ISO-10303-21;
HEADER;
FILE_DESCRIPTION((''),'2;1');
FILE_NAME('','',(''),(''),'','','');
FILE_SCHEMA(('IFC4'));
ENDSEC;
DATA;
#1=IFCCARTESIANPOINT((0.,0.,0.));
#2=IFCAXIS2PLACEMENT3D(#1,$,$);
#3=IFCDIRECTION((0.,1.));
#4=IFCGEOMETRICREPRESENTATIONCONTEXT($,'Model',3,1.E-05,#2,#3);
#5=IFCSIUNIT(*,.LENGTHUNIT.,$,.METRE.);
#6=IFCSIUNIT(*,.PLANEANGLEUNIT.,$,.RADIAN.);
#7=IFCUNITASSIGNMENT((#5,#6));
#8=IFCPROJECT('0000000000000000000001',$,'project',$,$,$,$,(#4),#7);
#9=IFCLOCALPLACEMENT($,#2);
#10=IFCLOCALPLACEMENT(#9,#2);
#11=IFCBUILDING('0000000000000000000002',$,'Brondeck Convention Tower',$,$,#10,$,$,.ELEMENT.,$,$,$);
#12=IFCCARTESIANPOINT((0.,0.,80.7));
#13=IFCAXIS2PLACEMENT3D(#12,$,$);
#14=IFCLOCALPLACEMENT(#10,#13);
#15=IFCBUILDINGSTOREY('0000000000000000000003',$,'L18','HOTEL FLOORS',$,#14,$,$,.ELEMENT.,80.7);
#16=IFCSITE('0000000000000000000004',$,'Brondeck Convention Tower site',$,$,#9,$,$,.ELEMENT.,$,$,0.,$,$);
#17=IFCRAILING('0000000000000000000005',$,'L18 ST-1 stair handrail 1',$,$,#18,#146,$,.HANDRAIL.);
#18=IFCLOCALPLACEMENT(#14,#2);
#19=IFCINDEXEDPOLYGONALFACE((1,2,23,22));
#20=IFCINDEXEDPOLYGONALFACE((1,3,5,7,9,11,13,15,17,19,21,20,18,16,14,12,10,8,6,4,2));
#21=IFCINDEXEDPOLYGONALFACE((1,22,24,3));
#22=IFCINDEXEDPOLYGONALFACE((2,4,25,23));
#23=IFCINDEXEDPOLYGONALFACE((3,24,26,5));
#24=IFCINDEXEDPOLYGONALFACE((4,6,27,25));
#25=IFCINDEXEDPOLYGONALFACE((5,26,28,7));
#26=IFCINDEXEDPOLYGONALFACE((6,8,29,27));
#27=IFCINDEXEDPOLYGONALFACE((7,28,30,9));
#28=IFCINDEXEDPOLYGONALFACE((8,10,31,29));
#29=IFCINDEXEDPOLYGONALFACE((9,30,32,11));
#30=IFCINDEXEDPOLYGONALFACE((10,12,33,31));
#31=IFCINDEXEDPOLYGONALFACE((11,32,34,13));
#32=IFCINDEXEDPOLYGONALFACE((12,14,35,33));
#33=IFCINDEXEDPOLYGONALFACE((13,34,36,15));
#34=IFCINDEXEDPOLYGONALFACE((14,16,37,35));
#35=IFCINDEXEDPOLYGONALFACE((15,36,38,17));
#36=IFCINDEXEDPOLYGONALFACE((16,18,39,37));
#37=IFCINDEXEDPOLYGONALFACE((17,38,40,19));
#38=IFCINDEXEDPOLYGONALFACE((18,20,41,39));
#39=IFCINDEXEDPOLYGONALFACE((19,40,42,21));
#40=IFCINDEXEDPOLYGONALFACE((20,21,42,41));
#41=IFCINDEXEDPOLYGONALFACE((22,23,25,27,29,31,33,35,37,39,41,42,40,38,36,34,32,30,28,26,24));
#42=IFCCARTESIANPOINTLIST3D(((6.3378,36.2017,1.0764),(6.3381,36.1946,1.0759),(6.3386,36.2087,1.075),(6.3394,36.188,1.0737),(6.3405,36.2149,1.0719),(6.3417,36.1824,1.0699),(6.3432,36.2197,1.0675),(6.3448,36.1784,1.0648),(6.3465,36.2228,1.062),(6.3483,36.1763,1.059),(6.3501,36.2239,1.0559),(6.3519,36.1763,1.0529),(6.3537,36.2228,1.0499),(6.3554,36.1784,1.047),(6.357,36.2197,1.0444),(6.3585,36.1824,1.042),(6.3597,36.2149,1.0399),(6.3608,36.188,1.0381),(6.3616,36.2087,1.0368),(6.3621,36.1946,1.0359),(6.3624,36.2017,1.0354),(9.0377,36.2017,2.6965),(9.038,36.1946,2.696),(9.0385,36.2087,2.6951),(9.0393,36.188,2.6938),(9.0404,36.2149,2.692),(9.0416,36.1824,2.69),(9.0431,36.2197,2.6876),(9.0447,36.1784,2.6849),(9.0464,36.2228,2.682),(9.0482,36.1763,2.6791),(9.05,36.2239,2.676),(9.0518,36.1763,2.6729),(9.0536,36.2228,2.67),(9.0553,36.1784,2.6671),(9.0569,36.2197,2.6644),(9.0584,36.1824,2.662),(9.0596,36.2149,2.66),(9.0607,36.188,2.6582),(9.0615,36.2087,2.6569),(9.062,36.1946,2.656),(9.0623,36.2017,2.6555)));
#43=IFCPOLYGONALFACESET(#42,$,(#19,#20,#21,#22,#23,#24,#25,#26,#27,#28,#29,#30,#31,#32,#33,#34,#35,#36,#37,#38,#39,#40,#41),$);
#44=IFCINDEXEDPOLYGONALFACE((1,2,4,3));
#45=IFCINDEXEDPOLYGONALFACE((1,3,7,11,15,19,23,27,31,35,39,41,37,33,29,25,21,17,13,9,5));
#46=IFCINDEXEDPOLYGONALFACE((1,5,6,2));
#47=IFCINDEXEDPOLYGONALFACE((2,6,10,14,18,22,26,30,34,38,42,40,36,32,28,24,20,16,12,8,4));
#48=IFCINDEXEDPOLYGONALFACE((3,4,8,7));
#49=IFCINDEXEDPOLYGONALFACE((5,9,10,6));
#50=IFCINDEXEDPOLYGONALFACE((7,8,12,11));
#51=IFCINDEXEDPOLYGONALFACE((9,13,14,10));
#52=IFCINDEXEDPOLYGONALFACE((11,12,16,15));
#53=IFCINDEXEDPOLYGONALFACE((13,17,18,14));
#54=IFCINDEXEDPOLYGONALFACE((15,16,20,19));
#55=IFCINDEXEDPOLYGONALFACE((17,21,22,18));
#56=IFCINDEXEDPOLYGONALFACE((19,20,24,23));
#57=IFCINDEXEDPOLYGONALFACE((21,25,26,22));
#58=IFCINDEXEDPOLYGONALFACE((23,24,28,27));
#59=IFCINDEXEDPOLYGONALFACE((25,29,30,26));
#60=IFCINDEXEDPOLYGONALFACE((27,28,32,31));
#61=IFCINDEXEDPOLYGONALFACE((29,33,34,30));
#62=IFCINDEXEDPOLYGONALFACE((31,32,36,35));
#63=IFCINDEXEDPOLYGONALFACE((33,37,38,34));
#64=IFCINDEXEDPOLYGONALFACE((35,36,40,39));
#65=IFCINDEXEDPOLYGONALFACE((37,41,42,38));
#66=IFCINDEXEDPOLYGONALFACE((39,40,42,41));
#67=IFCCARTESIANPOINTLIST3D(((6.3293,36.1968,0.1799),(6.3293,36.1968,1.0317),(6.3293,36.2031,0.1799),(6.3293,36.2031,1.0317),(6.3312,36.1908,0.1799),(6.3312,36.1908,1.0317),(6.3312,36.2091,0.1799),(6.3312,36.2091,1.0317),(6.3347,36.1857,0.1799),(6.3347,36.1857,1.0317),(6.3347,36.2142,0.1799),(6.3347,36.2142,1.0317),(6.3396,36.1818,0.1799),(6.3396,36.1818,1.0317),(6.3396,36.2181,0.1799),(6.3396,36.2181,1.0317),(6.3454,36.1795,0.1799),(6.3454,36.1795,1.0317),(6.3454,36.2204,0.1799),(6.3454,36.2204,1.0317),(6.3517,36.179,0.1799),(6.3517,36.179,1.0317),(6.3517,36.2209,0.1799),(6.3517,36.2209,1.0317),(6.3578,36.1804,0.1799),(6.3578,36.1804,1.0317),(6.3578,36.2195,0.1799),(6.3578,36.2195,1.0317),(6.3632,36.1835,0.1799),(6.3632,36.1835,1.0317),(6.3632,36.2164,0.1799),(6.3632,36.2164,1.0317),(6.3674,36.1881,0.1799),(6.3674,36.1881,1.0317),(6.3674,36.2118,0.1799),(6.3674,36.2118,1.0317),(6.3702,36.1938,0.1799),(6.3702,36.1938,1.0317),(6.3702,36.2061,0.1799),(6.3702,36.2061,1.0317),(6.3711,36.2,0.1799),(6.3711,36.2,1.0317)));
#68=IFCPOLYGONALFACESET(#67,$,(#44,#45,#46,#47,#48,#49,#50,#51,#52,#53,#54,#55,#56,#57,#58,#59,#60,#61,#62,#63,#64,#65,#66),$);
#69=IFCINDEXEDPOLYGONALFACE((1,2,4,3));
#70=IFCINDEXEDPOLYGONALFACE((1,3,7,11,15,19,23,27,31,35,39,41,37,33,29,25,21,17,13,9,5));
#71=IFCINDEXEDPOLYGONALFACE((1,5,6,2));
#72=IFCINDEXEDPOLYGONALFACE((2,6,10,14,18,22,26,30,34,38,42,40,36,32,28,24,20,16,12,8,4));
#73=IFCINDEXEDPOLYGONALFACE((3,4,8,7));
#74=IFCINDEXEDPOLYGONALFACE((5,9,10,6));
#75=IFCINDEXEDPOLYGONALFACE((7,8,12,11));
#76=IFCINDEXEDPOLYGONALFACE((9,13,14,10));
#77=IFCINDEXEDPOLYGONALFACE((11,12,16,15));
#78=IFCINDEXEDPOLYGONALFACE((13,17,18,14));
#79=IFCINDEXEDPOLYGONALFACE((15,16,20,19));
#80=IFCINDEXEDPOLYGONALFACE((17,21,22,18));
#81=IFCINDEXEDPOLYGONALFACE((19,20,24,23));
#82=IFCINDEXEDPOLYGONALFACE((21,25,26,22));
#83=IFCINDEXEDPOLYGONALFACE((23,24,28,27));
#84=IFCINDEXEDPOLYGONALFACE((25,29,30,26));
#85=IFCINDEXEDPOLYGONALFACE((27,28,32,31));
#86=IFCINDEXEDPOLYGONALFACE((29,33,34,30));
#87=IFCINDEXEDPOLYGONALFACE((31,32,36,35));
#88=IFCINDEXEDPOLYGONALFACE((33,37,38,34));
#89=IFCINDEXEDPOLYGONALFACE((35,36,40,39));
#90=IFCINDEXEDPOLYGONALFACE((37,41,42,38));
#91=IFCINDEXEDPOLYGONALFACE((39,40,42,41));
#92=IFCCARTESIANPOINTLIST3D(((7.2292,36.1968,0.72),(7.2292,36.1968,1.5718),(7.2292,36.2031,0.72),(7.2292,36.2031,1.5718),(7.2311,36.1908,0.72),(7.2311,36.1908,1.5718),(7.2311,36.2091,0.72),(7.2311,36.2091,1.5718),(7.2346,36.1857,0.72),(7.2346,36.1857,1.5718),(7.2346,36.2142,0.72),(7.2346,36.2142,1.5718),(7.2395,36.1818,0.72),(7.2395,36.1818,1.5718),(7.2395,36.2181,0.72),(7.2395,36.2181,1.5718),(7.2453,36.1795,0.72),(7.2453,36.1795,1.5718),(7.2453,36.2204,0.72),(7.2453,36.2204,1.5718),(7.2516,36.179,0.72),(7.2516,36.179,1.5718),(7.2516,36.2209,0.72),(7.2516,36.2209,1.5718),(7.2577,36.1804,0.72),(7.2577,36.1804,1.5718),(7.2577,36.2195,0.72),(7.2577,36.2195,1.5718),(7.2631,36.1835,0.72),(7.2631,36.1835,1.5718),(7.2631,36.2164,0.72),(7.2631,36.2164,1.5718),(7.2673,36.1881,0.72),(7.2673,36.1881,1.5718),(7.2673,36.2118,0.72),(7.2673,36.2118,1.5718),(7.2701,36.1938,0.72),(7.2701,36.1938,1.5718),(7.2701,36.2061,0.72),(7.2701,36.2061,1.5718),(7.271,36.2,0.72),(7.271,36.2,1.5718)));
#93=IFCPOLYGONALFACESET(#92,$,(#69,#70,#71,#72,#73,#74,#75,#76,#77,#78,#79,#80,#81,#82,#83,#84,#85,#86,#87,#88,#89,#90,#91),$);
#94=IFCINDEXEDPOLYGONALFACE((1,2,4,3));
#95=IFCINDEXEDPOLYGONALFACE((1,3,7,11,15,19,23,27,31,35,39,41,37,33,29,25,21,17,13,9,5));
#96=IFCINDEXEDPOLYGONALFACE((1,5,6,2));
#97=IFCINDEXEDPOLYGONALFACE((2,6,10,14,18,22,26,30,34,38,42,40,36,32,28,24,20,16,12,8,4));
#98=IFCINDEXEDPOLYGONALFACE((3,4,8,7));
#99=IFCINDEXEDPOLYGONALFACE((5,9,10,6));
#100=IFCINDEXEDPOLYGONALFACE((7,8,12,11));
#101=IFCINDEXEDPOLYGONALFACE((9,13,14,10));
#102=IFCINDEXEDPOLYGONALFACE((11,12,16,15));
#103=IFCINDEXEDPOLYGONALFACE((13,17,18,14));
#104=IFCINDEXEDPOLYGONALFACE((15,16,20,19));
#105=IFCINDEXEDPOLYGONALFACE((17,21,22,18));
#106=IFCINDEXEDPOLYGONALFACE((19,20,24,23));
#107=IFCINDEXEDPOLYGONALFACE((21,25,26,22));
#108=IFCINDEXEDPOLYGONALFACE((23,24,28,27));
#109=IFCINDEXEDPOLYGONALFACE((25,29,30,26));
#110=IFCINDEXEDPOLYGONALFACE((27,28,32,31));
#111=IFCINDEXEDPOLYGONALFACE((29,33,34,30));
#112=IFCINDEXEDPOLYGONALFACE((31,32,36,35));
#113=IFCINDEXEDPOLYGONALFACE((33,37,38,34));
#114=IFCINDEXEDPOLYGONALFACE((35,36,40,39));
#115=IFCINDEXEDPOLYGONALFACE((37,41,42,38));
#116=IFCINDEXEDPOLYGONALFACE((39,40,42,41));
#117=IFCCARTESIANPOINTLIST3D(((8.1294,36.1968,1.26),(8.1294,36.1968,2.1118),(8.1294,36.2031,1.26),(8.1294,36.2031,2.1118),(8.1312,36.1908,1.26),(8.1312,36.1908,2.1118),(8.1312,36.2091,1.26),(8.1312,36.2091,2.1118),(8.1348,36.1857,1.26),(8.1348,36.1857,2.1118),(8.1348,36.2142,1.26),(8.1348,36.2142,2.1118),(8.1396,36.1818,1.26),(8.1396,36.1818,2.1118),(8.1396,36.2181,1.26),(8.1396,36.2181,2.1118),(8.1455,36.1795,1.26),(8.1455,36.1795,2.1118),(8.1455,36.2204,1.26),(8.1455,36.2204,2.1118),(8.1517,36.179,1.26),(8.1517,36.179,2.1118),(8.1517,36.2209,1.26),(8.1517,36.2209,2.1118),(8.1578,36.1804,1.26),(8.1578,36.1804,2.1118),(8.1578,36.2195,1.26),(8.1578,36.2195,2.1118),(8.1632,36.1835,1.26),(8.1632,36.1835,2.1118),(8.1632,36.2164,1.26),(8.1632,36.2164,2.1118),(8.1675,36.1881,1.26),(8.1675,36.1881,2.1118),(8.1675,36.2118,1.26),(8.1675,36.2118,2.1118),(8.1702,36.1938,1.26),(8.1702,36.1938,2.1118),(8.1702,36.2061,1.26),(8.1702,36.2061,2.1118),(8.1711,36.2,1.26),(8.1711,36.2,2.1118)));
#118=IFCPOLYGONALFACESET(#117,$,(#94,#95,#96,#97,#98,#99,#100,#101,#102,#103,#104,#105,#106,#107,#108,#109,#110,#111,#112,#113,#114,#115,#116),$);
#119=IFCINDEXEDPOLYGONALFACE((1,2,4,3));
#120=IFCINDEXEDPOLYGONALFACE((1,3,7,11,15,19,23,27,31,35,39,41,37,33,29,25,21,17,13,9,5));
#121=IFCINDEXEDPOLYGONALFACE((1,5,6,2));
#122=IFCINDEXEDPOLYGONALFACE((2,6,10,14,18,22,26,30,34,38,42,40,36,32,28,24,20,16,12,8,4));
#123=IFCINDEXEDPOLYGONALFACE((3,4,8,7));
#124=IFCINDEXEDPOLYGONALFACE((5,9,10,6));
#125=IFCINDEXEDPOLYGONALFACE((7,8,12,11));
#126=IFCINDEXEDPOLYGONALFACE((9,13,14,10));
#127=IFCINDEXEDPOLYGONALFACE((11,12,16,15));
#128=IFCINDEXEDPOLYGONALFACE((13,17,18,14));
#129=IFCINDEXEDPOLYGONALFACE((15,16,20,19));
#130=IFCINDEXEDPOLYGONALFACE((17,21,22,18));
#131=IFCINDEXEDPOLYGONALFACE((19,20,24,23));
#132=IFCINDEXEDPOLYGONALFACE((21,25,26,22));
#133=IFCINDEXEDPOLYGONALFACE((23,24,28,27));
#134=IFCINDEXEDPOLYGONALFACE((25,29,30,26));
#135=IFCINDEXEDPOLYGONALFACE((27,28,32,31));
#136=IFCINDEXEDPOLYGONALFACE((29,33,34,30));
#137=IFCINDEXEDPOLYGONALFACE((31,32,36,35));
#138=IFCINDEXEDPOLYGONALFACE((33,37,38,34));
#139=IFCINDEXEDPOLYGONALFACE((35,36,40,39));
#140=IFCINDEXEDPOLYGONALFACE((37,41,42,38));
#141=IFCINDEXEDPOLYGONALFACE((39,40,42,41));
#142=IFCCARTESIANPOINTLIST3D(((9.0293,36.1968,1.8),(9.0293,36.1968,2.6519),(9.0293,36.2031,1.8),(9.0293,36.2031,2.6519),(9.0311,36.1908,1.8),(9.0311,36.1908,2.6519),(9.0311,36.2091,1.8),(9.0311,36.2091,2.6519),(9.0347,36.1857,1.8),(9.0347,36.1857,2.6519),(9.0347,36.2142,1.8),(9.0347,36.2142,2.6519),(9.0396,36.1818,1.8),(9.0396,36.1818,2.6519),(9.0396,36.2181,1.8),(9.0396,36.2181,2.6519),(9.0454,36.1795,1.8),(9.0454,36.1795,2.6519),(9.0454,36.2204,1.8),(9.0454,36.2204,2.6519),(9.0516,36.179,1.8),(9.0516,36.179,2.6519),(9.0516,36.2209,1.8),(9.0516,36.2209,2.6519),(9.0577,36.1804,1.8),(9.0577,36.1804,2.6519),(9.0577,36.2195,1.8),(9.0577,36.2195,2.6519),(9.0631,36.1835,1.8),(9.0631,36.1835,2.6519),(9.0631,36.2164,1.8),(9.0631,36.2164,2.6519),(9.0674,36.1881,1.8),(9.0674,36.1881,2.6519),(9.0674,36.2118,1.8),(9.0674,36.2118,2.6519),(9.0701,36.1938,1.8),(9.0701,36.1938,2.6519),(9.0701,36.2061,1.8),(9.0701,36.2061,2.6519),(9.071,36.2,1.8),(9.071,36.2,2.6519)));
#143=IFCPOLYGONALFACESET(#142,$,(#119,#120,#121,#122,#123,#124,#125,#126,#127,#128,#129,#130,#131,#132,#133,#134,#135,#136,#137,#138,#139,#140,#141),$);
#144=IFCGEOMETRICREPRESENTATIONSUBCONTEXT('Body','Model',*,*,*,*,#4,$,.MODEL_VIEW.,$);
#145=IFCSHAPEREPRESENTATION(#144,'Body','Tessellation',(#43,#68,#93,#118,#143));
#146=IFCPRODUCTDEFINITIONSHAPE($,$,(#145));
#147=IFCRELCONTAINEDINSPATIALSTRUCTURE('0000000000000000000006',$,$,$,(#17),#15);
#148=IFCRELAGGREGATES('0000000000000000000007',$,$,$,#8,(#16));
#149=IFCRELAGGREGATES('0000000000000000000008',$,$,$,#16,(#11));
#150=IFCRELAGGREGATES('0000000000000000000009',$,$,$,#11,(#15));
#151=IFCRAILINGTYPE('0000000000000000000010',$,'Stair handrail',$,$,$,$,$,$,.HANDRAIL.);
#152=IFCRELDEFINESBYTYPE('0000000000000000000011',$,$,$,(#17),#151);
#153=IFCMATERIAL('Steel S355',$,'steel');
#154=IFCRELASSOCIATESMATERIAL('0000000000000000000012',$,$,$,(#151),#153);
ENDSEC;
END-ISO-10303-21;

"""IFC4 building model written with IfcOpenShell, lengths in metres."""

from ifc_helpers import new_model, si_unit, direction, frame, origin, origin_2d, place, context, subcontext, project, spatial, circle, extrude, material, type_object, element, save


model = new_model("IFC4")

# Units and contexts
model_context = context("Model", 3, precision=1e-05, world=origin(), true_north=direction((0.0, 1.0)))
body_context = subcontext(model_context, "Body", "Model", "MODEL_VIEW")
ifc_project = project(units=[si_unit("LENGTHUNIT", "METRE"), si_unit("PLANEANGLEUNIT", "RADIAN")], contexts=[model_context])

# Site, building, storey
site_placement = place(None, origin())
site = spatial("IfcSite", under=ifc_project, at=site_placement, Name="Brondeck Convention Tower site", CompositionType="ELEMENT", RefElevation=0.0)
building_placement = place(site_placement, origin())
building = spatial("IfcBuilding", under=site, at=building_placement, Name="Brondeck Convention Tower", CompositionType="ELEMENT")
storey_placement = place(building_placement, frame((0.0, 0.0, 80.7)))
storey = spatial("IfcBuildingStorey", under=building, at=storey_placement, Name="L18", Description="HOTEL FLOORS", CompositionType="ELEMENT", Elevation=80.7)

# Railing
ifc_material_1 = material(Name="Steel S355", Category="steel")
railing_type_1 = type_object("IfcRailingType", Name="Stair handrail", PredefinedType="HANDRAIL", material=ifc_material_1)
railing_1_placement = place(storey_placement, frame((6.3501, 36.2, 0.1799)))
element("IfcRailing", 1, at=railing_1_placement, inside=storey, type_object=railing_type_1, Name="L18 ST-1 stair handrail 1", PredefinedType="HANDRAIL", context=body_context, shape_type="SweptSolid", body=[
    extrude(circle(Radius=0.0239, at=origin_2d()), frame((0.0, 0.0, 0.876), z_axis=(0.857472, 0.0, 0.51453), x_axis=(0.0, 1.0, 0.0)), (0.0, 0.0, 1.0), 3.1487),
    extrude(circle(Radius=0.021, at=origin_2d()), origin(), (0.0, 0.0, 1.0), 0.8518),
    extrude(circle(Radius=0.021, at=origin_2d()), frame((0.8999, 0.0, 0.54)), (0.0, 0.0, 1.0), 0.8518),
    extrude(circle(Radius=0.021, at=origin_2d()), frame((1.8, 0.0, 1.0801)), (0.0, 0.0, 1.0), 0.8518),
    extrude(circle(Radius=0.021, at=origin_2d()), frame((2.7, 0.0, 1.6201)), (0.0, 0.0, 1.0), 0.8518),
])

save(model, "model.ifc")
